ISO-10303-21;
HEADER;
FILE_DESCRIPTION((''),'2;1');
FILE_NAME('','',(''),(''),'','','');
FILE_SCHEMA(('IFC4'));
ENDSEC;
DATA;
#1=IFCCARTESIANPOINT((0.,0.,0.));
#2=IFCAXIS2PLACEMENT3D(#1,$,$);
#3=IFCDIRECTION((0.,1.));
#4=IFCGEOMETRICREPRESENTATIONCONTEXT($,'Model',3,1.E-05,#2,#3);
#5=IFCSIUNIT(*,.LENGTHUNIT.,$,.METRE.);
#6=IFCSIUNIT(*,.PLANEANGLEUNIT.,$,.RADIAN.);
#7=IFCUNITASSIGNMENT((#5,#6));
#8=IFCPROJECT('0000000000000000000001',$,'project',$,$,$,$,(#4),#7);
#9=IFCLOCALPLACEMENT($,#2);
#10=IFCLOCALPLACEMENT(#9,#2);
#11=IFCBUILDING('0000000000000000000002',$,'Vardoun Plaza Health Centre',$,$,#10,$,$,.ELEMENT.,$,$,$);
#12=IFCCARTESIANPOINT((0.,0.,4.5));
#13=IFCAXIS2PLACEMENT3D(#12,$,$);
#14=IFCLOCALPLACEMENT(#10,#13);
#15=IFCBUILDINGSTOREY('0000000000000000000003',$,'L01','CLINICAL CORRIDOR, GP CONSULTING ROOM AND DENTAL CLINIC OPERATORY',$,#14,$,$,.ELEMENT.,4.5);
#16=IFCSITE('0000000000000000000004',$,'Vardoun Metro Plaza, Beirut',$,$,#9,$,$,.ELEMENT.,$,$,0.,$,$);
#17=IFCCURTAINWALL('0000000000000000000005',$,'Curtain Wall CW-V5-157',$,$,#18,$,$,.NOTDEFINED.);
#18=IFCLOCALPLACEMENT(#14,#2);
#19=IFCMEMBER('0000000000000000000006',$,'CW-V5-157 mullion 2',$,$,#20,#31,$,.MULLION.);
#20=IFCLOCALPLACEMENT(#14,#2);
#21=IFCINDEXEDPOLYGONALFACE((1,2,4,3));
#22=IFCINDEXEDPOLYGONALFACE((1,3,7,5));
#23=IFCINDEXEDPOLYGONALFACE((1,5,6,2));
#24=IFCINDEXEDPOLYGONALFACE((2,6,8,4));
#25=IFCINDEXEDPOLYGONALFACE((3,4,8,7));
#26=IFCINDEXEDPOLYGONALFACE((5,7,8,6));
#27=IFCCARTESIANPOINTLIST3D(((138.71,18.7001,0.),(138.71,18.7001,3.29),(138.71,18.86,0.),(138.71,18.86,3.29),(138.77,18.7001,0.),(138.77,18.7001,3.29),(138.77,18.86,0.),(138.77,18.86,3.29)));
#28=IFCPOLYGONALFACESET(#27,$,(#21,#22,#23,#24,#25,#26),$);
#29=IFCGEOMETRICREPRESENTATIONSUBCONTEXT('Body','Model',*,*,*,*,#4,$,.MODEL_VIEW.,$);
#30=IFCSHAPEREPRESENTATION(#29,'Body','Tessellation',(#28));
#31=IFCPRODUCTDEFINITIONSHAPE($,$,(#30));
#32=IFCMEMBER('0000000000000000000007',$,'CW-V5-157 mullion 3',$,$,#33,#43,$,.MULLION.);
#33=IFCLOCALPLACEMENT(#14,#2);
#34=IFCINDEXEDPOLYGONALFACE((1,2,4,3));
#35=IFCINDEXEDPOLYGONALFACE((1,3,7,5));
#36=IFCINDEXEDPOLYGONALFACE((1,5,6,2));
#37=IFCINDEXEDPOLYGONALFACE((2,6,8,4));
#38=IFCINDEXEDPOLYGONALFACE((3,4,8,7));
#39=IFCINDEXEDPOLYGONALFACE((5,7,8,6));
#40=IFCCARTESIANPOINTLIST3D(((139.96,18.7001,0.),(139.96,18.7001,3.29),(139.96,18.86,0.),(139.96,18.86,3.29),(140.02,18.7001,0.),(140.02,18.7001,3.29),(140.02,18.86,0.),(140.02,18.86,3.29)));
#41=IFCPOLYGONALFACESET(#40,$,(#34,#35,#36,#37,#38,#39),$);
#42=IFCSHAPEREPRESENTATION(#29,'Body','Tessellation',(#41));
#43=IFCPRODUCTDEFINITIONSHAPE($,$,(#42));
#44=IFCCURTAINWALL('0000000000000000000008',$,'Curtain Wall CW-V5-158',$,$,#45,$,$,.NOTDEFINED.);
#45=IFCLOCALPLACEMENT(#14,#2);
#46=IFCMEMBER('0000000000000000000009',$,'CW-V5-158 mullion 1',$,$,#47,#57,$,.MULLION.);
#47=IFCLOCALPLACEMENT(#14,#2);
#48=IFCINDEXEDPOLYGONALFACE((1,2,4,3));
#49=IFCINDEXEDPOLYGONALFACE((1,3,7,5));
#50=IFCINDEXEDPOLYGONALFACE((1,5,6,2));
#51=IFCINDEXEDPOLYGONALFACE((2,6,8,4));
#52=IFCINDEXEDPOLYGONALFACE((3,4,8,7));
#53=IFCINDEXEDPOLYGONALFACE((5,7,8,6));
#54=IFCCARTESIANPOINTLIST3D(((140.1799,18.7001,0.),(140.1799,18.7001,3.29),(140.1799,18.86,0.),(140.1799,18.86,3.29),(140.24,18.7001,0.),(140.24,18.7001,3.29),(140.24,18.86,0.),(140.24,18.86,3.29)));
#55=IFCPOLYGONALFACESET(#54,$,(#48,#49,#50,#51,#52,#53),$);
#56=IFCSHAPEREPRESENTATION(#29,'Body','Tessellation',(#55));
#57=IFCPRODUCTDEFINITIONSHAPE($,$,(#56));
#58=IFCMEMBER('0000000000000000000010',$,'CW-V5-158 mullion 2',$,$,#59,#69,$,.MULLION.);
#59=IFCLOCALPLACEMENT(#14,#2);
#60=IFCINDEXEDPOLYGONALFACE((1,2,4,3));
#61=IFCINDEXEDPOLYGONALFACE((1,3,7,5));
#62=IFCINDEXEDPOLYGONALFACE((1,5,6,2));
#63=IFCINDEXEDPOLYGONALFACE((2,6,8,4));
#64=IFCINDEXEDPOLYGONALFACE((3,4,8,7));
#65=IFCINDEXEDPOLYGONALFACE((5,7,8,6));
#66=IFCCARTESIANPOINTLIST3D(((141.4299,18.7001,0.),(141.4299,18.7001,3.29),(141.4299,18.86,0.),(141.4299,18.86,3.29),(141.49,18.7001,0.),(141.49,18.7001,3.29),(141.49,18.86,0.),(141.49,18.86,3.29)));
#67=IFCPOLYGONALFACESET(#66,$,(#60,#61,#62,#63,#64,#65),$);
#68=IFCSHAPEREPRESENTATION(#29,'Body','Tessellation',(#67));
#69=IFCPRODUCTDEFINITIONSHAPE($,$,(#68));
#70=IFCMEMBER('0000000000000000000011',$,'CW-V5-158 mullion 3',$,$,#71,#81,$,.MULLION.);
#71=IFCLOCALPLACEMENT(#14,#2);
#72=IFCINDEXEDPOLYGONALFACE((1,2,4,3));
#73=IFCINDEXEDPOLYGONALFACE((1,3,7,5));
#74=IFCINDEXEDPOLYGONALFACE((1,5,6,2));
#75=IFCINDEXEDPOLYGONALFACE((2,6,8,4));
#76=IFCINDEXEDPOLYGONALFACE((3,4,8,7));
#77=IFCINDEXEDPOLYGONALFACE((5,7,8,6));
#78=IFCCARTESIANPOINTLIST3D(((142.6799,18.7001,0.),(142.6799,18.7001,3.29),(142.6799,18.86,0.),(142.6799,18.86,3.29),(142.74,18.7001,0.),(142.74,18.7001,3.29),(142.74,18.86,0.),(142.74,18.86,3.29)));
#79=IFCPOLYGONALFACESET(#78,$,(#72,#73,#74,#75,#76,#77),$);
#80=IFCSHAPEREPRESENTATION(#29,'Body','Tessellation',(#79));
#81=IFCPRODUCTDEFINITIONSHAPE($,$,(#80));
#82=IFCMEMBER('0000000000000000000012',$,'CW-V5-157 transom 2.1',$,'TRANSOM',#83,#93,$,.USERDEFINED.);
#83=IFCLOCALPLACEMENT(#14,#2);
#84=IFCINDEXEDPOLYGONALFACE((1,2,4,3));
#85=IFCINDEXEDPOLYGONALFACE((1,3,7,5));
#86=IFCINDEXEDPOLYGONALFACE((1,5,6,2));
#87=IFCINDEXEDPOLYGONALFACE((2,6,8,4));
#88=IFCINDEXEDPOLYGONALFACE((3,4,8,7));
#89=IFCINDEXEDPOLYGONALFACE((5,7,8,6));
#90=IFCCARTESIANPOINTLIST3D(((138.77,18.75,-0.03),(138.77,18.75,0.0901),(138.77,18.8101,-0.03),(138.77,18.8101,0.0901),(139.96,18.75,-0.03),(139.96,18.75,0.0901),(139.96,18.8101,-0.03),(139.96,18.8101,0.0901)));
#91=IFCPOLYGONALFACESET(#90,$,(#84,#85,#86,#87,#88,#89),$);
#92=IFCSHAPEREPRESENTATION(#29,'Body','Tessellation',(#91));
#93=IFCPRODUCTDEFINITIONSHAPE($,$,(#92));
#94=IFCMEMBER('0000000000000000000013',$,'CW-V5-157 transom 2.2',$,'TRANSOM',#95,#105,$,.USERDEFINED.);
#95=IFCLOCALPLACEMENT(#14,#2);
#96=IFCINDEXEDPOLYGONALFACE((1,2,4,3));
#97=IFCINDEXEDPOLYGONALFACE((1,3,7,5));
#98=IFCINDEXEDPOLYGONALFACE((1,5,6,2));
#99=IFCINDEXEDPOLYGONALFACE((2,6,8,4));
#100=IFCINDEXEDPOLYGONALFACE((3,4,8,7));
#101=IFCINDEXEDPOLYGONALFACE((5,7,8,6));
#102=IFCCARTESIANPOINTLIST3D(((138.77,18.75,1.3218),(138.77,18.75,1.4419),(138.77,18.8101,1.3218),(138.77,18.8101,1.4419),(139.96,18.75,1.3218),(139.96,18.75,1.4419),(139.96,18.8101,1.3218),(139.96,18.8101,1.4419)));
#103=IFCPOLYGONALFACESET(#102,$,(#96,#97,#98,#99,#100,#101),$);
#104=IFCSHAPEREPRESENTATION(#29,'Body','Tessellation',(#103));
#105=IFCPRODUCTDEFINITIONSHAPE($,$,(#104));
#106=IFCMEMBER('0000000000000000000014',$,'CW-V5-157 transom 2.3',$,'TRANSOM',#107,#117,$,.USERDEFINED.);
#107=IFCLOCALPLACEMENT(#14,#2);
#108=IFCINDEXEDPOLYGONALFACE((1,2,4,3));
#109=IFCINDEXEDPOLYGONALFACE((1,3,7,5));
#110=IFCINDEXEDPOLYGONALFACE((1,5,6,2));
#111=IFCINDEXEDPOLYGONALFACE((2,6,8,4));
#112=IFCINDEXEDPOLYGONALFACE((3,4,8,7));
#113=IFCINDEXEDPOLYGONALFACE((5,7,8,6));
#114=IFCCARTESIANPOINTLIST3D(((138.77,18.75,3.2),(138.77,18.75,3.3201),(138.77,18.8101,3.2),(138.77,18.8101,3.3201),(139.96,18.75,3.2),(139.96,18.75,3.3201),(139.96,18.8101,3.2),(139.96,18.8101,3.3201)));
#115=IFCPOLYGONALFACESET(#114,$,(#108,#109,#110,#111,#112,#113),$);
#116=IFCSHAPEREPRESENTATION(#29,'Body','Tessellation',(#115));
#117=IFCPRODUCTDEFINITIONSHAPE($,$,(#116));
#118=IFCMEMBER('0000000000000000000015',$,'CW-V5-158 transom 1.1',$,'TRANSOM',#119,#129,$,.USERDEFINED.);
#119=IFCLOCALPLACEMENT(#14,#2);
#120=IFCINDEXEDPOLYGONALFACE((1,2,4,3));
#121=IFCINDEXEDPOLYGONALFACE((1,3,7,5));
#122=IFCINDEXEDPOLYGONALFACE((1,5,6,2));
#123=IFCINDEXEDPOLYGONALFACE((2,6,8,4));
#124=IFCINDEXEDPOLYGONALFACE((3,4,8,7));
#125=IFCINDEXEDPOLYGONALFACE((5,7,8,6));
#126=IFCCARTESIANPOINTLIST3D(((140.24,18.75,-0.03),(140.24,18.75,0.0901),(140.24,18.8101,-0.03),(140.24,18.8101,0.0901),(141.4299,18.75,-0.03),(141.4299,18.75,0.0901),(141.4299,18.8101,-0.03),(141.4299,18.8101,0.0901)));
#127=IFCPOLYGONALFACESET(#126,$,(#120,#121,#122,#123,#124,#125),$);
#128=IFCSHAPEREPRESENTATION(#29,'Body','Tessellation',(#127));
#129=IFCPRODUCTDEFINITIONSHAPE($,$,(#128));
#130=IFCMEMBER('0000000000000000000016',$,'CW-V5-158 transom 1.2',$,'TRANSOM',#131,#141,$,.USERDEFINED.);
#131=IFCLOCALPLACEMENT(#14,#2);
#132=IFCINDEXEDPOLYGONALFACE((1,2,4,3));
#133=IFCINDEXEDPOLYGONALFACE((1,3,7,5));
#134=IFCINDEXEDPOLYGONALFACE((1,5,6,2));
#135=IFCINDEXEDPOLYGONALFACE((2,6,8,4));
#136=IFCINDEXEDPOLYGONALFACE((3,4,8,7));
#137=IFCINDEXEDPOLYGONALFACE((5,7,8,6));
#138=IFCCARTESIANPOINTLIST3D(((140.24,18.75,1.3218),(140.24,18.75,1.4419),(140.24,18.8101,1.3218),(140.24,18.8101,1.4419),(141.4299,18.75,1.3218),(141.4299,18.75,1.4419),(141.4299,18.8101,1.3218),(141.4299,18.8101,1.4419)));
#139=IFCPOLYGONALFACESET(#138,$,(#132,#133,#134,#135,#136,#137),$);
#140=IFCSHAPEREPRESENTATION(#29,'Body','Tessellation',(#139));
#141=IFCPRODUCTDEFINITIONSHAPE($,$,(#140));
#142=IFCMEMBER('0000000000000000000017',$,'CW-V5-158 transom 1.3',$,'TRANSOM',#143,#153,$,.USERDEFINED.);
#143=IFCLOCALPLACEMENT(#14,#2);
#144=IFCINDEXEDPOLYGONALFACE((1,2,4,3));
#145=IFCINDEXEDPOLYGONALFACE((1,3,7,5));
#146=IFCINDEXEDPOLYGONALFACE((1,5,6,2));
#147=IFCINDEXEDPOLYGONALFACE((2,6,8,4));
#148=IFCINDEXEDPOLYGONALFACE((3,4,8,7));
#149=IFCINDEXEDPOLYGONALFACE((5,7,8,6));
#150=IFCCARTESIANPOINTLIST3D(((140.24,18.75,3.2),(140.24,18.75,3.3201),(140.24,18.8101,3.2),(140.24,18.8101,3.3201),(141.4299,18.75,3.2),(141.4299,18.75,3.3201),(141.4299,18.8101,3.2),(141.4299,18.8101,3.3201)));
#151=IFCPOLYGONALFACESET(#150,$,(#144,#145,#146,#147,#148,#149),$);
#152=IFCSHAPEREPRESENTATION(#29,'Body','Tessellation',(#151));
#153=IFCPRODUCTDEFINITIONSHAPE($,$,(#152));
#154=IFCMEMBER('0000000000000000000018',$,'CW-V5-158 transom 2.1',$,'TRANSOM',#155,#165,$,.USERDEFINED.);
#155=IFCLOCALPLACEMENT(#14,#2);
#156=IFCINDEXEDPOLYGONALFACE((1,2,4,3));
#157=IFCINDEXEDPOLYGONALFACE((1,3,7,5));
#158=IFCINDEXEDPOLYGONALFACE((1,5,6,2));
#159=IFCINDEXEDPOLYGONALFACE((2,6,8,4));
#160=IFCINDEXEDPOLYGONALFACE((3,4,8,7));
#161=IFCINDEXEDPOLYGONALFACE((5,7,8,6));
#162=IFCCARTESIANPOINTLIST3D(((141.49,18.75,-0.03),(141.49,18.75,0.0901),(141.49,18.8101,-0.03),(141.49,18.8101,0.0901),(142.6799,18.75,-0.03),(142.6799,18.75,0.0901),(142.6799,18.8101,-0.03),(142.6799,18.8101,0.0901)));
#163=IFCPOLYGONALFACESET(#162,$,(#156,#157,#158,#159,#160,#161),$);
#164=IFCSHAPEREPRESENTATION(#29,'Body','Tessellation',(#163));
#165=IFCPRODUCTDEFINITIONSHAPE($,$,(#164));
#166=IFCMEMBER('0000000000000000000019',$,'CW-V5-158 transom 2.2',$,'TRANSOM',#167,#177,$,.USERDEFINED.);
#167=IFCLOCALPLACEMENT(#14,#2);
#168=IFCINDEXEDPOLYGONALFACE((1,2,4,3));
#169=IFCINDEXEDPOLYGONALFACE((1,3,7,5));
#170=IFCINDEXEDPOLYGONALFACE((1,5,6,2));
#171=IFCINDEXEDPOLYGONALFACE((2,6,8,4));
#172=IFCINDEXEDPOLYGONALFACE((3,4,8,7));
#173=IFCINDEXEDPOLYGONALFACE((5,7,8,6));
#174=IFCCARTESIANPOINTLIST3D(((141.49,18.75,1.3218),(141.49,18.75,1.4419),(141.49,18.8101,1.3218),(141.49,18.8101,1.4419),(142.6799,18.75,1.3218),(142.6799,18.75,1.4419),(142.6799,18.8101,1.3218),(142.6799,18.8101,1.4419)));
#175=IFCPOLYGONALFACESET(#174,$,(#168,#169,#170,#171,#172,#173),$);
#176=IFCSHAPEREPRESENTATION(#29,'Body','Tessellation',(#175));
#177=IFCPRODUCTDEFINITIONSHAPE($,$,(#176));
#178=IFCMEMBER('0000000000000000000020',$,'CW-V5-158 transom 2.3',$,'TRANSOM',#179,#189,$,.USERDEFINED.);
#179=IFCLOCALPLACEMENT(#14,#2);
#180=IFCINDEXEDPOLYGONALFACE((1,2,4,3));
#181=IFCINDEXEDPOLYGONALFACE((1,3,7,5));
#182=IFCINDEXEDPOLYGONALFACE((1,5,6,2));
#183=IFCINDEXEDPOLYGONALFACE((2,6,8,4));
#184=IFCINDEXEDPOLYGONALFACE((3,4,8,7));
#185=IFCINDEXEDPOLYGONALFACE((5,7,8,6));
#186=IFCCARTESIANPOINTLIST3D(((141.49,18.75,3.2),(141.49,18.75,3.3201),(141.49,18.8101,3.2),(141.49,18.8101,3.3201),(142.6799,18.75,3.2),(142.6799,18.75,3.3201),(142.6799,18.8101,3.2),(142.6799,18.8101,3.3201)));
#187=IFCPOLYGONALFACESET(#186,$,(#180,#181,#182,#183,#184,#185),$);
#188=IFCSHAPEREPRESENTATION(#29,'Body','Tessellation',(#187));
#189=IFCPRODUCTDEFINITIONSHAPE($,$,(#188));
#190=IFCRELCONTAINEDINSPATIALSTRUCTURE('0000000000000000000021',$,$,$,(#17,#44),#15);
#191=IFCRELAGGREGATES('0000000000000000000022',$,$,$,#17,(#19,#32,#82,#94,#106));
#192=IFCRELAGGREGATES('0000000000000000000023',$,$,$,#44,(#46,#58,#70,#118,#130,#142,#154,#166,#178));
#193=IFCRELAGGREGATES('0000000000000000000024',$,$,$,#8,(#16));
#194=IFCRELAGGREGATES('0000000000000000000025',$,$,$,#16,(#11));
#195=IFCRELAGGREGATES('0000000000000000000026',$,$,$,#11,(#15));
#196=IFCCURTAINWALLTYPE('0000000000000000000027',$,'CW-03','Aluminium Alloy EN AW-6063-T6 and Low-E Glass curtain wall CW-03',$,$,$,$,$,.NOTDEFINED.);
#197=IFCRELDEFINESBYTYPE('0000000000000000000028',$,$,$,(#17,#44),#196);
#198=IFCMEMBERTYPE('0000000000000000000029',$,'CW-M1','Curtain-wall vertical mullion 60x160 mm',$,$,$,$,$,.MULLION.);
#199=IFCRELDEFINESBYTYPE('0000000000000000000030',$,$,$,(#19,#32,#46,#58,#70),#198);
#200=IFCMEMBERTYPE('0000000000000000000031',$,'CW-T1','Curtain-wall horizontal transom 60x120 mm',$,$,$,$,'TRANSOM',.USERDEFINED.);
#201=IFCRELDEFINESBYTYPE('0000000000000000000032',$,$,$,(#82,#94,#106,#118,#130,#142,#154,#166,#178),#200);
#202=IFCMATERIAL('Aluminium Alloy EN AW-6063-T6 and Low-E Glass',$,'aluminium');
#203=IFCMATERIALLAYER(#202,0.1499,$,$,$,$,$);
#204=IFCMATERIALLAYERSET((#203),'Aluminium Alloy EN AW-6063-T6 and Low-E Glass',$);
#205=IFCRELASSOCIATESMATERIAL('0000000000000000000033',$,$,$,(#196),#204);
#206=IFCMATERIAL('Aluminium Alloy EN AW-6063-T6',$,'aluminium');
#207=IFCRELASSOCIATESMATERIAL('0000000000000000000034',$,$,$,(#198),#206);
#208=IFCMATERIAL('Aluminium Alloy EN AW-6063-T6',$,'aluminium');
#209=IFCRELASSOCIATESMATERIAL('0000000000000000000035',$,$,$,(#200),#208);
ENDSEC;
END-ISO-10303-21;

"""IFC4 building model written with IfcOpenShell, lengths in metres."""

from ifc_helpers import new_model, si_unit, direction, frame, origin, origin_2d, place, context, subcontext, project, spatial, rectangle, extrude, material, layer, layer_set, material_profile, profile_set, type_object, element, aggregate, save


model = new_model("IFC4")

# Units and contexts
model_context = context("Model", 3, precision=1e-05, world=origin(), true_north=direction((0.0, 1.0)))
body_context = subcontext(model_context, "Body", "Model", "MODEL_VIEW")
ifc_project = project(units=[si_unit("LENGTHUNIT", "METRE"), si_unit("PLANEANGLEUNIT", "RADIAN")], contexts=[model_context])

# Site, building, storey
site_placement = place(None, origin())
site = spatial("IfcSite", under=ifc_project, at=site_placement, Name="Vardoun Metro Plaza, Beirut", CompositionType="ELEMENT", RefElevation=0.0)
building_placement = place(site_placement, origin())
building = spatial("IfcBuilding", under=site, at=building_placement, Name="Vardoun Plaza Health Centre", CompositionType="ELEMENT")
storey_placement = place(building_placement, frame((0.0, 0.0, 4.5)))
storey = spatial("IfcBuildingStorey", under=building, at=storey_placement, Name="L01", Description="CLINICAL CORRIDOR, GP CONSULTING ROOM AND DENTAL CLINIC OPERATORY", CompositionType="ELEMENT", Elevation=4.5)

# Curtain walls, members
ifc_material_1 = material(Name="Aluminium Alloy EN AW-6063-T6 and Low-E Glass", Category="aluminium")
ifc_layer_1 = layer(ifc_material_1, 0.1499)
ifc_layer_set_1 = layer_set([ifc_layer_1], Name="Aluminium Alloy EN AW-6063-T6 and Low-E Glass")
curtain_wall_type = type_object("IfcCurtainWallType", Name="CW-03", Description="Aluminium Alloy EN AW-6063-T6 and Low-E Glass curtain wall CW-03", PredefinedType="NOTDEFINED", material=ifc_layer_set_1)
curtain_wall_1_placement = place(storey_placement, origin())
curtain_wall_1 = element("IfcCurtainWall", 1, at=curtain_wall_1_placement, inside=storey, type_object=curtain_wall_type, Name="Curtain Wall CW-V5-157", PredefinedType="NOTDEFINED")
ifc_material_2 = material(Name="Aluminium Alloy EN AW-6063-T6", Category="aluminium")
ifc_material_profile_1 = material_profile(ifc_material_2, rectangle(XDim=0.1599, YDim=0.0601, at=origin_2d()), Name="CWM 60x160")
ifc_profile_set_1 = profile_set([ifc_material_profile_1], Name="Aluminium Alloy EN AW-6063-T6")
member_type_1 = type_object("IfcMemberType", Name="CW-M1", Description="Curtain-wall vertical mullion 60x160 mm", PredefinedType="MULLION", material=ifc_profile_set_1)
member_1_placement = place(storey_placement, frame((138.74, 18.78, 0.0), z_axis=(0.0, 0.0, 1.0), x_axis=(0.0, 1.0, 0.0)))
member_1 = element("IfcMember", 2, at=member_1_placement, type_object=member_type_1, Name="CW-V5-157 mullion 2", PredefinedType="MULLION", context=body_context, shape_type="SweptSolid", body=[
    extrude(rectangle(XDim=0.1599, YDim=0.0601, at=origin_2d()), origin(), (0.0, 0.0, 1.0), 3.29),
])
member_2_placement = place(storey_placement, frame((139.99, 18.78, 0.0), z_axis=(0.0, 0.0, 1.0), x_axis=(0.0, 1.0, 0.0)))
member_2 = element("IfcMember", 3, at=member_2_placement, type_object=member_type_1, Name="CW-V5-157 mullion 3", PredefinedType="MULLION", context=body_context, shape_type="SweptSolid", body=[
    extrude(rectangle(XDim=0.1599, YDim=0.0601, at=origin_2d()), origin(), (0.0, 0.0, 1.0), 3.29),
])
curtain_wall_2_placement = place(storey_placement, origin())
curtain_wall_2 = element("IfcCurtainWall", 4, at=curtain_wall_2_placement, inside=storey, type_object=curtain_wall_type, Name="Curtain Wall CW-V5-158", PredefinedType="NOTDEFINED")
member_3_placement = place(storey_placement, frame((140.21, 18.78, 0.0), z_axis=(0.0, 0.0, 1.0), x_axis=(0.0, 1.0, 0.0)))
member_3 = element("IfcMember", 5, at=member_3_placement, type_object=member_type_1, Name="CW-V5-158 mullion 1", PredefinedType="MULLION", context=body_context, shape_type="SweptSolid", body=[
    extrude(rectangle(XDim=0.1599, YDim=0.0601, at=origin_2d()), origin(), (0.0, 0.0, 1.0), 3.29),
])
member_4_placement = place(storey_placement, frame((141.46, 18.78, 0.0), z_axis=(0.0, 0.0, 1.0), x_axis=(0.0, 1.0, 0.0)))
member_4 = element("IfcMember", 6, at=member_4_placement, type_object=member_type_1, Name="CW-V5-158 mullion 2", PredefinedType="MULLION", context=body_context, shape_type="SweptSolid", body=[
    extrude(rectangle(XDim=0.1599, YDim=0.0601, at=origin_2d()), origin(), (0.0, 0.0, 1.0), 3.29),
])
member_5_placement = place(storey_placement, frame((142.71, 18.78, 0.0), z_axis=(0.0, 0.0, 1.0), x_axis=(0.0, 1.0, 0.0)))
member_5 = element("IfcMember", 7, at=member_5_placement, type_object=member_type_1, Name="CW-V5-158 mullion 3", PredefinedType="MULLION", context=body_context, shape_type="SweptSolid", body=[
    extrude(rectangle(XDim=0.1599, YDim=0.0601, at=origin_2d()), origin(), (0.0, 0.0, 1.0), 3.29),
])

# Members
ifc_material_3 = material(Name="Aluminium Alloy EN AW-6063-T6", Category="aluminium")
ifc_material_profile_2 = material_profile(ifc_material_3, rectangle(XDim=0.0601, YDim=0.1201, at=origin_2d()), Name="CWT 60x120")
ifc_profile_set_2 = profile_set([ifc_material_profile_2], Name="Aluminium Alloy EN AW-6063-T6")
member_type_2 = type_object("IfcMemberType", Name="CW-T1", Description="Curtain-wall horizontal transom 60x120 mm", ElementType="TRANSOM", PredefinedType="USERDEFINED", material=ifc_profile_set_2)
member_6_placement = place(storey_placement, frame((138.77, 18.78, 0.03), z_axis=(1.0, 0.0, 0.0), x_axis=(0.0, 1.0, 0.0)))
member_6 = element("IfcMember", 8, at=member_6_placement, type_object=member_type_2, Name="CW-V5-157 transom 2.1", ObjectType="TRANSOM", PredefinedType="USERDEFINED", context=body_context, shape_type="SweptSolid", body=[
    extrude(rectangle(XDim=0.0601, YDim=0.1201, at=origin_2d()), origin(), (0.0, 0.0, 1.0), 1.1899),
])
member_7_placement = place(storey_placement, frame((138.77, 18.78, 1.3818), z_axis=(1.0, 0.0, 0.0), x_axis=(0.0, 1.0, 0.0)))
member_7 = element("IfcMember", 9, at=member_7_placement, type_object=member_type_2, Name="CW-V5-157 transom 2.2", ObjectType="TRANSOM", PredefinedType="USERDEFINED", context=body_context, shape_type="SweptSolid", body=[
    extrude(rectangle(XDim=0.0601, YDim=0.1201, at=origin_2d()), origin(), (0.0, 0.0, 1.0), 1.1899),
])
member_8_placement = place(storey_placement, frame((138.77, 18.78, 3.26), z_axis=(1.0, 0.0, 0.0), x_axis=(0.0, 1.0, 0.0)))
member_8 = element("IfcMember", 10, at=member_8_placement, type_object=member_type_2, Name="CW-V5-157 transom 2.3", ObjectType="TRANSOM", PredefinedType="USERDEFINED", context=body_context, shape_type="SweptSolid", body=[
    extrude(rectangle(XDim=0.0601, YDim=0.1201, at=origin_2d()), origin(), (0.0, 0.0, 1.0), 1.1899),
])
member_9_placement = place(storey_placement, frame((140.24, 18.78, 0.03), z_axis=(1.0, 0.0, 0.0), x_axis=(0.0, 1.0, 0.0)))
member_9 = element("IfcMember", 11, at=member_9_placement, type_object=member_type_2, Name="CW-V5-158 transom 1.1", ObjectType="TRANSOM", PredefinedType="USERDEFINED", context=body_context, shape_type="SweptSolid", body=[
    extrude(rectangle(XDim=0.0601, YDim=0.1201, at=origin_2d()), origin(), (0.0, 0.0, 1.0), 1.1899),
])
member_10_placement = place(storey_placement, frame((140.24, 18.78, 1.3818), z_axis=(1.0, 0.0, 0.0), x_axis=(0.0, 1.0, 0.0)))
member_10 = element("IfcMember", 12, at=member_10_placement, type_object=member_type_2, Name="CW-V5-158 transom 1.2", ObjectType="TRANSOM", PredefinedType="USERDEFINED", context=body_context, shape_type="SweptSolid", body=[
    extrude(rectangle(XDim=0.0601, YDim=0.1201, at=origin_2d()), origin(), (0.0, 0.0, 1.0), 1.1899),
])
member_11_placement = place(storey_placement, frame((140.24, 18.78, 3.26), z_axis=(1.0, 0.0, 0.0), x_axis=(0.0, 1.0, 0.0)))
member_11 = element("IfcMember", 13, at=member_11_placement, type_object=member_type_2, Name="CW-V5-158 transom 1.3", ObjectType="TRANSOM", PredefinedType="USERDEFINED", context=body_context, shape_type="SweptSolid", body=[
    extrude(rectangle(XDim=0.0601, YDim=0.1201, at=origin_2d()), origin(), (0.0, 0.0, 1.0), 1.1899),
])
member_12_placement = place(storey_placement, frame((141.49, 18.78, 0.03), z_axis=(1.0, 0.0, 0.0), x_axis=(0.0, 1.0, 0.0)))
member_12 = element("IfcMember", 14, at=member_12_placement, type_object=member_type_2, Name="CW-V5-158 transom 2.1", ObjectType="TRANSOM", PredefinedType="USERDEFINED", context=body_context, shape_type="SweptSolid", body=[
    extrude(rectangle(XDim=0.0601, YDim=0.1201, at=origin_2d()), origin(), (0.0, 0.0, 1.0), 1.1899),
])
member_13_placement = place(storey_placement, frame((141.49, 18.78, 1.3818), z_axis=(1.0, 0.0, 0.0), x_axis=(0.0, 1.0, 0.0)))
member_13 = element("IfcMember", 15, at=member_13_placement, type_object=member_type_2, Name="CW-V5-158 transom 2.2", ObjectType="TRANSOM", PredefinedType="USERDEFINED", context=body_context, shape_type="SweptSolid", body=[
    extrude(rectangle(XDim=0.0601, YDim=0.1201, at=origin_2d()), origin(), (0.0, 0.0, 1.0), 1.1899),
])
member_14_placement = place(storey_placement, frame((141.49, 18.78, 3.26), z_axis=(1.0, 0.0, 0.0), x_axis=(0.0, 1.0, 0.0)))
member_14 = element("IfcMember", 16, at=member_14_placement, type_object=member_type_2, Name="CW-V5-158 transom 2.3", ObjectType="TRANSOM", PredefinedType="USERDEFINED", context=body_context, shape_type="SweptSolid", body=[
    extrude(rectangle(XDim=0.0601, YDim=0.1201, at=origin_2d()), origin(), (0.0, 0.0, 1.0), 1.1899),
])

aggregate(curtain_wall_1, [member_1, member_2, member_6, member_7, member_8])
aggregate(curtain_wall_2, [member_3, member_4, member_5, member_9, member_10, member_11, member_12, member_13, member_14])

save(model, "model.ifc")
